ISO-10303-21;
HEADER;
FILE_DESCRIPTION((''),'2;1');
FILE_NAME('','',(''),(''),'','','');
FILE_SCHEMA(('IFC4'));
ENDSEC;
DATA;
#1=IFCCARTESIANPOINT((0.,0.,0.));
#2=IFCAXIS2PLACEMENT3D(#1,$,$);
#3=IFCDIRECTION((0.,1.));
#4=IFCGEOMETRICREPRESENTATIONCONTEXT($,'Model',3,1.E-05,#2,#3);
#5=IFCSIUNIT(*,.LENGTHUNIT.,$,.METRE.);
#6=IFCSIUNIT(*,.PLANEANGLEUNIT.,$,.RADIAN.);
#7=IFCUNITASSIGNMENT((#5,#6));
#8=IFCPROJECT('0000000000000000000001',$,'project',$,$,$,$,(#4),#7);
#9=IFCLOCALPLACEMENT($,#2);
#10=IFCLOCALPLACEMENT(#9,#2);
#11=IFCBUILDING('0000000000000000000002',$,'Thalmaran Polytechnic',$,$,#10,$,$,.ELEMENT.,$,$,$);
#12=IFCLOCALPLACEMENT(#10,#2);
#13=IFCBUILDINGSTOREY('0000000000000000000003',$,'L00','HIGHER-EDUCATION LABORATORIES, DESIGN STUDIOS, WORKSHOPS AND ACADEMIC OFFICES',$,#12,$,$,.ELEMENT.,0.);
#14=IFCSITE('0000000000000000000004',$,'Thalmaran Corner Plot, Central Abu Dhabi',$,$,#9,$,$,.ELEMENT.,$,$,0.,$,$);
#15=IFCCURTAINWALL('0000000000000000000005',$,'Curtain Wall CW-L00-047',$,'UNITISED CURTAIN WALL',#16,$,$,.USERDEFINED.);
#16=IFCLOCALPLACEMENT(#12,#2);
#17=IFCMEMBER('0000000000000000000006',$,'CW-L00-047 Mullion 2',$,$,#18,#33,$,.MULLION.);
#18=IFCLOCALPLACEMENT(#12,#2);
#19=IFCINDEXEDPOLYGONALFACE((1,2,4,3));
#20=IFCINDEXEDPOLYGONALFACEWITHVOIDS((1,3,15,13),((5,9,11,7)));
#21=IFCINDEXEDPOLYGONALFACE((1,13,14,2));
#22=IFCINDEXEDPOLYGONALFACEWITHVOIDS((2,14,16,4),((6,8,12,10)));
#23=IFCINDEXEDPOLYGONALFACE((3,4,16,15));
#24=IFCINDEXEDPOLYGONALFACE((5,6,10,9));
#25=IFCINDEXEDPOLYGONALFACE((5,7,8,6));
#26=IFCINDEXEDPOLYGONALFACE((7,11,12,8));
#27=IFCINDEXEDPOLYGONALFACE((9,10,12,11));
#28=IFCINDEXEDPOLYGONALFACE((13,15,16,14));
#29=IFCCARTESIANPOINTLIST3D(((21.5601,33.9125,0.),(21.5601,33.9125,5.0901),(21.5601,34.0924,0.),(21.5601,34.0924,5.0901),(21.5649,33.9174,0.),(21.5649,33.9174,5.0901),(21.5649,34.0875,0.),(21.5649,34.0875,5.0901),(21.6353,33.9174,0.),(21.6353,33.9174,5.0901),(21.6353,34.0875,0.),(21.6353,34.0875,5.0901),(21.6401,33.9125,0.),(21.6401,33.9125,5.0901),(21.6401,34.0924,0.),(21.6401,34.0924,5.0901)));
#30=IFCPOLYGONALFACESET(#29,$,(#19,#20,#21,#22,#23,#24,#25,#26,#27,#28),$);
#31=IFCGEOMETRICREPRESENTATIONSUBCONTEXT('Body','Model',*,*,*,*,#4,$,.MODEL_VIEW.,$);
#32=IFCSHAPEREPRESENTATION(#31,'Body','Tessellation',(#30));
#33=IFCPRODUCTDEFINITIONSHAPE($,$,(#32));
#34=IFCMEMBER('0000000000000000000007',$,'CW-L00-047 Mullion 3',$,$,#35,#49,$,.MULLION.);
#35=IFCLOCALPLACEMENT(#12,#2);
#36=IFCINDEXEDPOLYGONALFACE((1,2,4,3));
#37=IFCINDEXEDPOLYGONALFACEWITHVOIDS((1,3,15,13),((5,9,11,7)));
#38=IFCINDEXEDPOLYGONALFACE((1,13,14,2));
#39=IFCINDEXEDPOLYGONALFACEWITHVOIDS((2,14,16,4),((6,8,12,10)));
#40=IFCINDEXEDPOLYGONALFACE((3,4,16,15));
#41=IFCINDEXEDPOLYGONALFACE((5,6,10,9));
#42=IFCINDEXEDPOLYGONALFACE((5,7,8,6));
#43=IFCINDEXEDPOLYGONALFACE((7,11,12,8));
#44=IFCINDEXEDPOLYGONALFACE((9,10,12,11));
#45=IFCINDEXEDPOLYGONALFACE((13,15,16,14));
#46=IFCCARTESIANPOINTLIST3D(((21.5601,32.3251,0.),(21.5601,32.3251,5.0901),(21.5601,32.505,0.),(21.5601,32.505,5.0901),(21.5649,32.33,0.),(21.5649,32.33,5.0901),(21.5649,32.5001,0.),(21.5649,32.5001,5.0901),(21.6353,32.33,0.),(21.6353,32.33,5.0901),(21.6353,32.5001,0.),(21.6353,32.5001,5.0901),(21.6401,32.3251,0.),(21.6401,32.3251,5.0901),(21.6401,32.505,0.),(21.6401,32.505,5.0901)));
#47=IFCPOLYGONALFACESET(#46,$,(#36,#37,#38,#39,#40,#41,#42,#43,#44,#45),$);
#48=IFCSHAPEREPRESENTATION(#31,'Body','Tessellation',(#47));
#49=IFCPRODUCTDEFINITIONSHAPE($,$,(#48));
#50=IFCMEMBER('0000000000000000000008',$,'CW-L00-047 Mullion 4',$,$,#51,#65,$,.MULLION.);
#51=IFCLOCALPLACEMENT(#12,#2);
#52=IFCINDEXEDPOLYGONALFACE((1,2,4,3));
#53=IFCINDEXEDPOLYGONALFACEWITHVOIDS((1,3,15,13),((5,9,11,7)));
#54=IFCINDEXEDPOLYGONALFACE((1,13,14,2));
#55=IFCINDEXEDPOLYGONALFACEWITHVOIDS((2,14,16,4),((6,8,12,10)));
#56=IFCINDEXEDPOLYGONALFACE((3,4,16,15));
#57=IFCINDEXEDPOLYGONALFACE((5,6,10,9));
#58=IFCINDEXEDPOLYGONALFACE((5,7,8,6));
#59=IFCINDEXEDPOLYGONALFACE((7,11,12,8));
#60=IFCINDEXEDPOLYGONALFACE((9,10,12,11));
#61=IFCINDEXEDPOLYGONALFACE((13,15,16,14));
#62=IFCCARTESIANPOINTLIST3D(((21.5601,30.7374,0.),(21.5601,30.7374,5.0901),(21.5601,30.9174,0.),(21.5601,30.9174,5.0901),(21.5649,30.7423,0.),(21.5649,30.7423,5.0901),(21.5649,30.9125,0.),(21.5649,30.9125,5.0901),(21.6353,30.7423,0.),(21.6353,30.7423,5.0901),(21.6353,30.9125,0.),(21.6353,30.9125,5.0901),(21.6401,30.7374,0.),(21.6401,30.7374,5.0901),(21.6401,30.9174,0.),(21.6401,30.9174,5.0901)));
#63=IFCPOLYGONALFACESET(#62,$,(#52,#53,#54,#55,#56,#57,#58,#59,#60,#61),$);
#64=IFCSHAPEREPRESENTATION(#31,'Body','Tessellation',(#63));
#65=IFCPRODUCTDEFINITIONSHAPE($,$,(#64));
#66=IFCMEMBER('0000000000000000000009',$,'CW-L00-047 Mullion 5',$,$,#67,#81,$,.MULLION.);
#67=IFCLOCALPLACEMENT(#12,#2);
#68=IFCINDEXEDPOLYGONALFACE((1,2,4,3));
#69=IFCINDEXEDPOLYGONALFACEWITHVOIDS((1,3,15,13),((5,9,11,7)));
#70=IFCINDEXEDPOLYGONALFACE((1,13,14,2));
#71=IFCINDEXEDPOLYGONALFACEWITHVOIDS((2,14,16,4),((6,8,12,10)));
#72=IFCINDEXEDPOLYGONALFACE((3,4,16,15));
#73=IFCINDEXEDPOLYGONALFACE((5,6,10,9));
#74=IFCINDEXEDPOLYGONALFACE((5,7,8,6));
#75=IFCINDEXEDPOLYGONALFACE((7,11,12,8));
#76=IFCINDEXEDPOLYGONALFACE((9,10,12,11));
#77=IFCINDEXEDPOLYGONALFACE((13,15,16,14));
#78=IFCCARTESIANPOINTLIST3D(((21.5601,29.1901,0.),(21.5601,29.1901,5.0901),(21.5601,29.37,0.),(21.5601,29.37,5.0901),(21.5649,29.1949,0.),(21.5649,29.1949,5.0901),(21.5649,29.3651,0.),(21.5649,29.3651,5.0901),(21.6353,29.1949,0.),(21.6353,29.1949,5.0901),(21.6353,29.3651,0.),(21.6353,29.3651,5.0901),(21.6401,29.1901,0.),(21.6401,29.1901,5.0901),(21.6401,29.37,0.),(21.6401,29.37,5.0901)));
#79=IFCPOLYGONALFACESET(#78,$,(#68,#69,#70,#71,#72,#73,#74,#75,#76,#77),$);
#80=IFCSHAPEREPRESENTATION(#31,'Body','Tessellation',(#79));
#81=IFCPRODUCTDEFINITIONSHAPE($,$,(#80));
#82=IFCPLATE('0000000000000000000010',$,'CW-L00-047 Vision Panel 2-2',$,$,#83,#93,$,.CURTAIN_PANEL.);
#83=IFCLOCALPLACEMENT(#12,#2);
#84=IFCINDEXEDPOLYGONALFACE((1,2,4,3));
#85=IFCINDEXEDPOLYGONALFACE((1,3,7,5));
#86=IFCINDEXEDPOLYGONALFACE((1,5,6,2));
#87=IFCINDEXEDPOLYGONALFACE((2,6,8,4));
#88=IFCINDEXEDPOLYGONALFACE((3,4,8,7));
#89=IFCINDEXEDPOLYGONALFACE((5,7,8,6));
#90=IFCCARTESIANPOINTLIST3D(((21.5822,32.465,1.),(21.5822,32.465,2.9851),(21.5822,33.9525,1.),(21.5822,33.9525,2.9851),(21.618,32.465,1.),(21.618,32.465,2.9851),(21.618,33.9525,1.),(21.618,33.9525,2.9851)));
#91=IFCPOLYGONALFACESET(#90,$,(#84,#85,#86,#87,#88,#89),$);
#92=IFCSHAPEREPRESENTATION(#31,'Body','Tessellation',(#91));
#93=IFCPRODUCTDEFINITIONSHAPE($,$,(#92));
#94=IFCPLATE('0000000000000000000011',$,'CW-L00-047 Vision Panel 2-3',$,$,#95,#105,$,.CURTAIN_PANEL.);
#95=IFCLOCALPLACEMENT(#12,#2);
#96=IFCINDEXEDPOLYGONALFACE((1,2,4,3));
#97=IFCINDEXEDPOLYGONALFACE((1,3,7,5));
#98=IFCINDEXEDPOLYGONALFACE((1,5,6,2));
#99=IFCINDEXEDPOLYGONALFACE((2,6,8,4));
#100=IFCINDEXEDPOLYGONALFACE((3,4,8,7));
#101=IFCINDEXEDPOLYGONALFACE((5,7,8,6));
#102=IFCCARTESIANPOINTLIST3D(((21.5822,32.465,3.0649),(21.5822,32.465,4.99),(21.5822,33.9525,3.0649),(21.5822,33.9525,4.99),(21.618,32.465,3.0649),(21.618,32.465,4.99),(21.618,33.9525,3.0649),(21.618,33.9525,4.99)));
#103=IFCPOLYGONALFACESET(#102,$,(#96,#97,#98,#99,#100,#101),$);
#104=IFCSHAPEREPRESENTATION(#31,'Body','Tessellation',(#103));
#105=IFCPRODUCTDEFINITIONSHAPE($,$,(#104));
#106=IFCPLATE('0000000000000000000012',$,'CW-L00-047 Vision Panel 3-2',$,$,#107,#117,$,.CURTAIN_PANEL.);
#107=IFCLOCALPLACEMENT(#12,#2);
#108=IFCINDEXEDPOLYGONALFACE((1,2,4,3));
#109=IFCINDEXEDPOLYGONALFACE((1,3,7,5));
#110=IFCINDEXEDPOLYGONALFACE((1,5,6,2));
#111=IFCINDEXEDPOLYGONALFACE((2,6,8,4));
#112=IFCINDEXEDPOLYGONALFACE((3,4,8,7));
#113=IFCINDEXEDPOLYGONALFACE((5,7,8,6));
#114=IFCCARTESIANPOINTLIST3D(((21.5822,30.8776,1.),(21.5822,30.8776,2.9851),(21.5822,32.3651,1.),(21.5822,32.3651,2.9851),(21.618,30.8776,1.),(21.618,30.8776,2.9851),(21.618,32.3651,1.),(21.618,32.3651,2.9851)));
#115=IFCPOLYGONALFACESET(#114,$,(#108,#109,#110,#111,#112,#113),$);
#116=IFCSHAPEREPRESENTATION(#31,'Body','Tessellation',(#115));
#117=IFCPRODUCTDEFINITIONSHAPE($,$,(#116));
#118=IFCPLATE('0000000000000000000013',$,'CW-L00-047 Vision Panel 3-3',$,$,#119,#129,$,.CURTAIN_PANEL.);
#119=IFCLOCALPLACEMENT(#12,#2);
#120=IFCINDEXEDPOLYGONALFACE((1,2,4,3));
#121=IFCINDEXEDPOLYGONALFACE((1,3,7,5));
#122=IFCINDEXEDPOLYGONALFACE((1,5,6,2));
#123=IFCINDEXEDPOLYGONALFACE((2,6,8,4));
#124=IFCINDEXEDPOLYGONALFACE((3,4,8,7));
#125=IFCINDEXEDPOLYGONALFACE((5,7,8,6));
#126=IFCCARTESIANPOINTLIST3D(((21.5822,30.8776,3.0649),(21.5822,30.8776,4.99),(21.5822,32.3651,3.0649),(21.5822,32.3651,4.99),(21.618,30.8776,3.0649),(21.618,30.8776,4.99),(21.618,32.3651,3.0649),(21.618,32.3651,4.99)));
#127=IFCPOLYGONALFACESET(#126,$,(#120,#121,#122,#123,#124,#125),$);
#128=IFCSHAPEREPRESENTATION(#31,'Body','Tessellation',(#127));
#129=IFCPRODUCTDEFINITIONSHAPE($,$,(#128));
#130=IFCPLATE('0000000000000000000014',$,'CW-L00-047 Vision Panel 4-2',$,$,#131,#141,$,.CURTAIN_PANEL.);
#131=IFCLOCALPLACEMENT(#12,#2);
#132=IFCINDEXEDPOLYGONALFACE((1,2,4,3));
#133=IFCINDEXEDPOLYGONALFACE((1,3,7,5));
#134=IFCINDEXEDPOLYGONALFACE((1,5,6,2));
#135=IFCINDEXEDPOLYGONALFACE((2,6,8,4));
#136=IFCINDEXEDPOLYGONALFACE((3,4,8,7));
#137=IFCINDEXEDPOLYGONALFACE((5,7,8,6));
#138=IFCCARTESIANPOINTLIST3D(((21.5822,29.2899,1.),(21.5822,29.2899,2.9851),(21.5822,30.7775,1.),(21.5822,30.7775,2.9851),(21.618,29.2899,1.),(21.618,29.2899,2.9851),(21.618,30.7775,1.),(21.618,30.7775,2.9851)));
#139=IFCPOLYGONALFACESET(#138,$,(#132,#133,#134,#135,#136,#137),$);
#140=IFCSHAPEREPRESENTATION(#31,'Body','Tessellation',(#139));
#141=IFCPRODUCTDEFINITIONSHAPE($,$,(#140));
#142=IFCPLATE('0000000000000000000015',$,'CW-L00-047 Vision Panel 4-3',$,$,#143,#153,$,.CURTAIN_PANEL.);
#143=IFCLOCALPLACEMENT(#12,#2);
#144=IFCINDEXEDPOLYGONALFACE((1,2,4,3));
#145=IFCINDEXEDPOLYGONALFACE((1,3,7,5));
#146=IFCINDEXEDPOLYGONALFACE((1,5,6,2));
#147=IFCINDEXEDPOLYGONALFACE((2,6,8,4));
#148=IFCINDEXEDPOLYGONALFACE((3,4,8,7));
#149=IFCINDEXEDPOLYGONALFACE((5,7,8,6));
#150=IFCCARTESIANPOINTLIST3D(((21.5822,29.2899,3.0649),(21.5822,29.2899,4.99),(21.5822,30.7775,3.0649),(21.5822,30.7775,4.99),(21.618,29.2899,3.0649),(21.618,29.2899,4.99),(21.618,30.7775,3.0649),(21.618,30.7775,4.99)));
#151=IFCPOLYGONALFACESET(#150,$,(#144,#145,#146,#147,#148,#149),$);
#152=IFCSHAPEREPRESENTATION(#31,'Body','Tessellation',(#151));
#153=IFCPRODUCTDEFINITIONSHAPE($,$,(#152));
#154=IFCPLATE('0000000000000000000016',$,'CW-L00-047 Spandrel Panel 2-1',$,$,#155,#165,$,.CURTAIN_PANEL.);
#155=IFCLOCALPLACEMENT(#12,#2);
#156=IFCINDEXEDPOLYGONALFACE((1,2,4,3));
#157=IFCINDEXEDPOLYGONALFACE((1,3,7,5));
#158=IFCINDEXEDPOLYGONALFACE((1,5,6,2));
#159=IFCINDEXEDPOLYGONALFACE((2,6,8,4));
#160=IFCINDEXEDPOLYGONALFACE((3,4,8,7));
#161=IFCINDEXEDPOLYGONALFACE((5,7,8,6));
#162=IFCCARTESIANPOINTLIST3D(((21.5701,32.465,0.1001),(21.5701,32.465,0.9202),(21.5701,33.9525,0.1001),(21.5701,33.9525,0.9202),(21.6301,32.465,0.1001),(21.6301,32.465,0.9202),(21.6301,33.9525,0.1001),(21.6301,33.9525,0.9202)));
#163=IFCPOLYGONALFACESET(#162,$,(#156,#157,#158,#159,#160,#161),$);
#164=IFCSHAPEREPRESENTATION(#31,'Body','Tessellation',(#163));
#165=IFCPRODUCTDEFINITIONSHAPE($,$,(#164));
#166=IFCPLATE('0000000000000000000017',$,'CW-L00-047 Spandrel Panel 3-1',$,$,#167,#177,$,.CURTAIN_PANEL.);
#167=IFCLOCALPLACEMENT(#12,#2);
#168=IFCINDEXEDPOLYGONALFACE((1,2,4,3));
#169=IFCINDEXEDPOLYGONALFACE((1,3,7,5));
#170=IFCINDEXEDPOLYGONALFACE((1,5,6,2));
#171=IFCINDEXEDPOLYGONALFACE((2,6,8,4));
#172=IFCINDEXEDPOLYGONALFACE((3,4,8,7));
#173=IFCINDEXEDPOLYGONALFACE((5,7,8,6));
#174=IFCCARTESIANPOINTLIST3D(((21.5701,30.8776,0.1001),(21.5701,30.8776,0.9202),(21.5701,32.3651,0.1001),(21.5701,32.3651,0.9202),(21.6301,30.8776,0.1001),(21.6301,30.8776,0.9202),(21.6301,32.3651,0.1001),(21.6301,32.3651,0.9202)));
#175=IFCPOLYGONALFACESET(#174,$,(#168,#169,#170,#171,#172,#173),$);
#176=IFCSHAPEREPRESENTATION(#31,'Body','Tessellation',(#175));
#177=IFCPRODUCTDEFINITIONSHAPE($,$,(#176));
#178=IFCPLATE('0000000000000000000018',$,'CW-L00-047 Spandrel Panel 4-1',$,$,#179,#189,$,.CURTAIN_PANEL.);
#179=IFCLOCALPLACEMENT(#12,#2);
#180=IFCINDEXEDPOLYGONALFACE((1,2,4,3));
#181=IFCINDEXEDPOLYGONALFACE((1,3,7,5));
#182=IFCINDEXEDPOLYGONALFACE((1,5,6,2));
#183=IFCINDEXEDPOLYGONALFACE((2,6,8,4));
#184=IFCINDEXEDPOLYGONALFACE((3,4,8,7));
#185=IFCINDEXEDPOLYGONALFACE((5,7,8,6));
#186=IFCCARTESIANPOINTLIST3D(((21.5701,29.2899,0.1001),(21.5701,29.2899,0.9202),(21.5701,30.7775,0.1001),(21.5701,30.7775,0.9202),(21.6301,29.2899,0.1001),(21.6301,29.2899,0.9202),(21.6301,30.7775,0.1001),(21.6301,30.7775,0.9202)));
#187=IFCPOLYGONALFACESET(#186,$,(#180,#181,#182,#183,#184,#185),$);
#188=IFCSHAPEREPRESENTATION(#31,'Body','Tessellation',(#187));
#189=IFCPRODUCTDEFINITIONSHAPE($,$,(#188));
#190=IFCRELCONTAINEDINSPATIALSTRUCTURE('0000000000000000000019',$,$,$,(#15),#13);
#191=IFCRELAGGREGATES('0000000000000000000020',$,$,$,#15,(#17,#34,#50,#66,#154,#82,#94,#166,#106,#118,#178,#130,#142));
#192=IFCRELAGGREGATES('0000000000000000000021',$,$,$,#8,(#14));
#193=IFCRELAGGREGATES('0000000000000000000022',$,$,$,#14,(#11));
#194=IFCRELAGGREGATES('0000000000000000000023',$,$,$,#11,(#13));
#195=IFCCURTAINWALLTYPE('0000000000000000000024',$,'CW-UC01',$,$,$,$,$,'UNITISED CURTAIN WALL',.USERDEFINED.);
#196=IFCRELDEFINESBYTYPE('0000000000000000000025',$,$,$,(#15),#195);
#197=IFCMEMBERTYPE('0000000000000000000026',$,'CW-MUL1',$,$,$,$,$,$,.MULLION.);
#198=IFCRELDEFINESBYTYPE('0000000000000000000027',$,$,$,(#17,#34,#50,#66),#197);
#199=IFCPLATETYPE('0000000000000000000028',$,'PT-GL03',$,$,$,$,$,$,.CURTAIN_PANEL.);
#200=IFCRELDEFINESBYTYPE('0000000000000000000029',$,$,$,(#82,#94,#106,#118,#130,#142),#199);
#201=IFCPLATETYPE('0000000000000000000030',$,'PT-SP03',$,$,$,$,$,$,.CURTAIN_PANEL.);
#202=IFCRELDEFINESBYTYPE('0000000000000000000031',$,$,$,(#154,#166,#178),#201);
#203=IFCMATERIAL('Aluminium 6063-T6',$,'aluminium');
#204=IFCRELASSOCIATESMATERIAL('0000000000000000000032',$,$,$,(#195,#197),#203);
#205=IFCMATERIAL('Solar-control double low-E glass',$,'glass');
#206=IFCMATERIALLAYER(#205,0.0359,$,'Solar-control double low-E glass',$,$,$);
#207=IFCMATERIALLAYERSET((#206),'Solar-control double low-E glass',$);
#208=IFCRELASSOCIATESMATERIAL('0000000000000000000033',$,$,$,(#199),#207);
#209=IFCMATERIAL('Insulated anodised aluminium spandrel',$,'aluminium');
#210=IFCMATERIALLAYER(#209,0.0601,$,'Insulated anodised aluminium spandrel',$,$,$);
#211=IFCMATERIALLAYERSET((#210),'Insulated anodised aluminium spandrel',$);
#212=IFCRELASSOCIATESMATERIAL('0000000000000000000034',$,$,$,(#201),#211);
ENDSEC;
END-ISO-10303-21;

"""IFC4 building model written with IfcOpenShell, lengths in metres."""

from ifc_helpers import new_model, si_unit, direction, frame, origin, origin_2d, place, context, subcontext, project, spatial, rectangle, hollow_rectangle, extrude, material, layer, layer_set, material_profile, profile_set, type_object, element, aggregate, save


model = new_model("IFC4")

# Units and contexts
model_context = context("Model", 3, precision=1e-05, world=origin(), true_north=direction((0.0, 1.0)))
body_context = subcontext(model_context, "Body", "Model", "MODEL_VIEW")
ifc_project = project(units=[si_unit("LENGTHUNIT", "METRE"), si_unit("PLANEANGLEUNIT", "RADIAN")], contexts=[model_context])

# Site, building, storey
site_placement = place(None, origin())
site = spatial("IfcSite", under=ifc_project, at=site_placement, Name="Thalmaran Corner Plot, Central Abu Dhabi", CompositionType="ELEMENT", RefElevation=0.0)
building_placement = place(site_placement, origin())
building = spatial("IfcBuilding", under=site, at=building_placement, Name="Thalmaran Polytechnic", CompositionType="ELEMENT")
storey_placement = place(building_placement, origin())
storey = spatial("IfcBuildingStorey", under=building, at=storey_placement, Name="L00", Description="HIGHER-EDUCATION LABORATORIES, DESIGN STUDIOS, WORKSHOPS AND ACADEMIC OFFICES", CompositionType="ELEMENT", Elevation=0.0)

# Curtain wall, members, plates
ifc_material_1 = material(Name="Aluminium 6063-T6", Category="aluminium")
curtain_wall_type = type_object("IfcCurtainWallType", Name="CW-UC01", ElementType="UNITISED CURTAIN WALL", PredefinedType="USERDEFINED", material=ifc_material_1)
curtain_wall_placement = place(storey_placement, origin())
curtain_wall = element("IfcCurtainWall", 1, at=curtain_wall_placement, inside=storey, type_object=curtain_wall_type, Name="Curtain Wall CW-L00-047", ObjectType="UNITISED CURTAIN WALL", PredefinedType="USERDEFINED")
ifc_material_profile_1 = material_profile(ifc_material_1, hollow_rectangle(XDim=0.0801, YDim=0.1799, WallThickness=0.0049, at=origin_2d()), Name="RHS 180x80x5.0")
ifc_profile_set_1 = profile_set([ifc_material_profile_1], Name="Aluminium 6063-T6")
member_type = type_object("IfcMemberType", Name="CW-MUL1", PredefinedType="MULLION", material=ifc_profile_set_1)
member_1_placement = place(storey_placement, frame((21.6001, 34.0024, 0.0), z_axis=(0.0, 0.0, 1.0), x_axis=(1.0, 0.0, 0.0)))
member_1 = element("IfcMember", 2, at=member_1_placement, type_object=member_type, Name="CW-L00-047 Mullion 2", PredefinedType="MULLION", context=body_context, shape_type="SweptSolid", body=[
    extrude(hollow_rectangle(XDim=0.0801, YDim=0.1799, WallThickness=0.0049, at=origin_2d()), origin(), (0.0, 0.0, 1.0), 5.0901),
])
member_2_placement = place(storey_placement, frame((21.6001, 32.415, 0.0), z_axis=(0.0, 0.0, 1.0), x_axis=(1.0, 0.0, 0.0)))
member_2 = element("IfcMember", 3, at=member_2_placement, type_object=member_type, Name="CW-L00-047 Mullion 3", PredefinedType="MULLION", context=body_context, shape_type="SweptSolid", body=[
    extrude(hollow_rectangle(XDim=0.0801, YDim=0.1799, WallThickness=0.0049, at=origin_2d()), origin(), (0.0, 0.0, 1.0), 5.0901),
])
member_3_placement = place(storey_placement, frame((21.6001, 30.8274, 0.0), z_axis=(0.0, 0.0, 1.0), x_axis=(1.0, 0.0, 0.0)))
member_3 = element("IfcMember", 4, at=member_3_placement, type_object=member_type, Name="CW-L00-047 Mullion 4", PredefinedType="MULLION", context=body_context, shape_type="SweptSolid", body=[
    extrude(hollow_rectangle(XDim=0.0801, YDim=0.1799, WallThickness=0.0049, at=origin_2d()), origin(), (0.0, 0.0, 1.0), 5.0901),
])
member_4_placement = place(storey_placement, frame((21.6001, 29.28, 0.0), z_axis=(0.0, 0.0, 1.0), x_axis=(1.0, 0.0, 0.0)))
member_4 = element("IfcMember", 5, at=member_4_placement, type_object=member_type, Name="CW-L00-047 Mullion 5", PredefinedType="MULLION", context=body_context, shape_type="SweptSolid", body=[
    extrude(hollow_rectangle(XDim=0.0801, YDim=0.1799, WallThickness=0.0049, at=origin_2d()), origin(), (0.0, 0.0, 1.0), 5.0901),
])
ifc_material_2 = material(Name="Solar-control double low-E glass", Category="glass")
ifc_layer_1 = layer(ifc_material_2, 0.0359, Name="Solar-control double low-E glass")
ifc_layer_set_1 = layer_set([ifc_layer_1], Name="Solar-control double low-E glass")
plate_type_1 = type_object("IfcPlateType", Name="PT-GL03", PredefinedType="CURTAIN_PANEL", material=ifc_layer_set_1)
plate_1_placement = place(storey_placement, frame((21.6001, 33.2087, 1.0), z_axis=(0.0, 0.0, 1.0), x_axis=(0.0, -1.0, 0.0)))
plate_1 = element("IfcPlate", 6, at=plate_1_placement, type_object=plate_type_1, Name="CW-L00-047 Vision Panel 2-2", PredefinedType="CURTAIN_PANEL", context=body_context, shape_type="SweptSolid", body=[
    extrude(rectangle(XDim=1.4875, YDim=0.0359, at=origin_2d()), origin(), (0.0, 0.0, 1.0), 1.9851),
])
plate_2_placement = place(storey_placement, frame((21.6001, 33.2087, 3.0649), z_axis=(0.0, 0.0, 1.0), x_axis=(0.0, -1.0, 0.0)))
plate_2 = element("IfcPlate", 7, at=plate_2_placement, type_object=plate_type_1, Name="CW-L00-047 Vision Panel 2-3", PredefinedType="CURTAIN_PANEL", context=body_context, shape_type="SweptSolid", body=[
    extrude(rectangle(XDim=1.4875, YDim=0.0359, at=origin_2d()), origin(), (0.0, 0.0, 1.0), 1.925),
])
plate_3_placement = place(storey_placement, frame((21.6001, 31.6213, 1.0), z_axis=(0.0, 0.0, 1.0), x_axis=(0.0, -1.0, 0.0)))
plate_3 = element("IfcPlate", 8, at=plate_3_placement, type_object=plate_type_1, Name="CW-L00-047 Vision Panel 3-2", PredefinedType="CURTAIN_PANEL", context=body_context, shape_type="SweptSolid", body=[
    extrude(rectangle(XDim=1.4875, YDim=0.0359, at=origin_2d()), origin(), (0.0, 0.0, 1.0), 1.9851),
])
plate_4_placement = place(storey_placement, frame((21.6001, 31.6213, 3.0649), z_axis=(0.0, 0.0, 1.0), x_axis=(0.0, -1.0, 0.0)))
plate_4 = element("IfcPlate", 9, at=plate_4_placement, type_object=plate_type_1, Name="CW-L00-047 Vision Panel 3-3", PredefinedType="CURTAIN_PANEL", context=body_context, shape_type="SweptSolid", body=[
    extrude(rectangle(XDim=1.4875, YDim=0.0359, at=origin_2d()), origin(), (0.0, 0.0, 1.0), 1.925),
])
plate_5_placement = place(storey_placement, frame((21.6001, 30.0337, 1.0), z_axis=(0.0, 0.0, 1.0), x_axis=(0.0, -1.0, 0.0)))
plate_5 = element("IfcPlate", 10, at=plate_5_placement, type_object=plate_type_1, Name="CW-L00-047 Vision Panel 4-2", PredefinedType="CURTAIN_PANEL", context=body_context, shape_type="SweptSolid", body=[
    extrude(rectangle(XDim=1.4875, YDim=0.0359, at=origin_2d()), origin(), (0.0, 0.0, 1.0), 1.9851),
])
plate_6_placement = place(storey_placement, frame((21.6001, 30.0337, 3.0649), z_axis=(0.0, 0.0, 1.0), x_axis=(0.0, -1.0, 0.0)))
plate_6 = element("IfcPlate", 11, at=plate_6_placement, type_object=plate_type_1, Name="CW-L00-047 Vision Panel 4-3", PredefinedType="CURTAIN_PANEL", context=body_context, shape_type="SweptSolid", body=[
    extrude(rectangle(XDim=1.4875, YDim=0.0359, at=origin_2d()), origin(), (0.0, 0.0, 1.0), 1.925),
])
ifc_material_3 = material(Name="Insulated anodised aluminium spandrel", Category="aluminium")
ifc_layer_2 = layer(ifc_material_3, 0.0601, Name="Insulated anodised aluminium spandrel")
ifc_layer_set_2 = layer_set([ifc_layer_2], Name="Insulated anodised aluminium spandrel")
plate_type_2 = type_object("IfcPlateType", Name="PT-SP03", PredefinedType="CURTAIN_PANEL", material=ifc_layer_set_2)
plate_7_placement = place(storey_placement, frame((21.6001, 33.2087, 0.1001), z_axis=(0.0, 0.0, 1.0), x_axis=(0.0, -1.0, 0.0)))
plate_7 = element("IfcPlate", 12, at=plate_7_placement, type_object=plate_type_2, Name="CW-L00-047 Spandrel Panel 2-1", PredefinedType="CURTAIN_PANEL", context=body_context, shape_type="SweptSolid", body=[
    extrude(rectangle(XDim=1.4875, YDim=0.0601, at=origin_2d()), origin(), (0.0, 0.0, 1.0), 0.8201),
])
plate_8_placement = place(storey_placement, frame((21.6001, 31.6213, 0.1001), z_axis=(0.0, 0.0, 1.0), x_axis=(0.0, -1.0, 0.0)))
plate_8 = element("IfcPlate", 13, at=plate_8_placement, type_object=plate_type_2, Name="CW-L00-047 Spandrel Panel 3-1", PredefinedType="CURTAIN_PANEL", context=body_context, shape_type="SweptSolid", body=[
    extrude(rectangle(XDim=1.4875, YDim=0.0601, at=origin_2d()), origin(), (0.0, 0.0, 1.0), 0.8201),
])
plate_9_placement = place(storey_placement, frame((21.6001, 30.0337, 0.1001), z_axis=(0.0, 0.0, 1.0), x_axis=(0.0, -1.0, 0.0)))
plate_9 = element("IfcPlate", 14, at=plate_9_placement, type_object=plate_type_2, Name="CW-L00-047 Spandrel Panel 4-1", PredefinedType="CURTAIN_PANEL", context=body_context, shape_type="SweptSolid", body=[
    extrude(rectangle(XDim=1.4875, YDim=0.0601, at=origin_2d()), origin(), (0.0, 0.0, 1.0), 0.8201),
])
aggregate(curtain_wall, [member_1, member_2, member_3, member_4, plate_7, plate_1, plate_2, plate_8, plate_3, plate_4, plate_9, plate_5, plate_6])

save(model, "model.ifc")
